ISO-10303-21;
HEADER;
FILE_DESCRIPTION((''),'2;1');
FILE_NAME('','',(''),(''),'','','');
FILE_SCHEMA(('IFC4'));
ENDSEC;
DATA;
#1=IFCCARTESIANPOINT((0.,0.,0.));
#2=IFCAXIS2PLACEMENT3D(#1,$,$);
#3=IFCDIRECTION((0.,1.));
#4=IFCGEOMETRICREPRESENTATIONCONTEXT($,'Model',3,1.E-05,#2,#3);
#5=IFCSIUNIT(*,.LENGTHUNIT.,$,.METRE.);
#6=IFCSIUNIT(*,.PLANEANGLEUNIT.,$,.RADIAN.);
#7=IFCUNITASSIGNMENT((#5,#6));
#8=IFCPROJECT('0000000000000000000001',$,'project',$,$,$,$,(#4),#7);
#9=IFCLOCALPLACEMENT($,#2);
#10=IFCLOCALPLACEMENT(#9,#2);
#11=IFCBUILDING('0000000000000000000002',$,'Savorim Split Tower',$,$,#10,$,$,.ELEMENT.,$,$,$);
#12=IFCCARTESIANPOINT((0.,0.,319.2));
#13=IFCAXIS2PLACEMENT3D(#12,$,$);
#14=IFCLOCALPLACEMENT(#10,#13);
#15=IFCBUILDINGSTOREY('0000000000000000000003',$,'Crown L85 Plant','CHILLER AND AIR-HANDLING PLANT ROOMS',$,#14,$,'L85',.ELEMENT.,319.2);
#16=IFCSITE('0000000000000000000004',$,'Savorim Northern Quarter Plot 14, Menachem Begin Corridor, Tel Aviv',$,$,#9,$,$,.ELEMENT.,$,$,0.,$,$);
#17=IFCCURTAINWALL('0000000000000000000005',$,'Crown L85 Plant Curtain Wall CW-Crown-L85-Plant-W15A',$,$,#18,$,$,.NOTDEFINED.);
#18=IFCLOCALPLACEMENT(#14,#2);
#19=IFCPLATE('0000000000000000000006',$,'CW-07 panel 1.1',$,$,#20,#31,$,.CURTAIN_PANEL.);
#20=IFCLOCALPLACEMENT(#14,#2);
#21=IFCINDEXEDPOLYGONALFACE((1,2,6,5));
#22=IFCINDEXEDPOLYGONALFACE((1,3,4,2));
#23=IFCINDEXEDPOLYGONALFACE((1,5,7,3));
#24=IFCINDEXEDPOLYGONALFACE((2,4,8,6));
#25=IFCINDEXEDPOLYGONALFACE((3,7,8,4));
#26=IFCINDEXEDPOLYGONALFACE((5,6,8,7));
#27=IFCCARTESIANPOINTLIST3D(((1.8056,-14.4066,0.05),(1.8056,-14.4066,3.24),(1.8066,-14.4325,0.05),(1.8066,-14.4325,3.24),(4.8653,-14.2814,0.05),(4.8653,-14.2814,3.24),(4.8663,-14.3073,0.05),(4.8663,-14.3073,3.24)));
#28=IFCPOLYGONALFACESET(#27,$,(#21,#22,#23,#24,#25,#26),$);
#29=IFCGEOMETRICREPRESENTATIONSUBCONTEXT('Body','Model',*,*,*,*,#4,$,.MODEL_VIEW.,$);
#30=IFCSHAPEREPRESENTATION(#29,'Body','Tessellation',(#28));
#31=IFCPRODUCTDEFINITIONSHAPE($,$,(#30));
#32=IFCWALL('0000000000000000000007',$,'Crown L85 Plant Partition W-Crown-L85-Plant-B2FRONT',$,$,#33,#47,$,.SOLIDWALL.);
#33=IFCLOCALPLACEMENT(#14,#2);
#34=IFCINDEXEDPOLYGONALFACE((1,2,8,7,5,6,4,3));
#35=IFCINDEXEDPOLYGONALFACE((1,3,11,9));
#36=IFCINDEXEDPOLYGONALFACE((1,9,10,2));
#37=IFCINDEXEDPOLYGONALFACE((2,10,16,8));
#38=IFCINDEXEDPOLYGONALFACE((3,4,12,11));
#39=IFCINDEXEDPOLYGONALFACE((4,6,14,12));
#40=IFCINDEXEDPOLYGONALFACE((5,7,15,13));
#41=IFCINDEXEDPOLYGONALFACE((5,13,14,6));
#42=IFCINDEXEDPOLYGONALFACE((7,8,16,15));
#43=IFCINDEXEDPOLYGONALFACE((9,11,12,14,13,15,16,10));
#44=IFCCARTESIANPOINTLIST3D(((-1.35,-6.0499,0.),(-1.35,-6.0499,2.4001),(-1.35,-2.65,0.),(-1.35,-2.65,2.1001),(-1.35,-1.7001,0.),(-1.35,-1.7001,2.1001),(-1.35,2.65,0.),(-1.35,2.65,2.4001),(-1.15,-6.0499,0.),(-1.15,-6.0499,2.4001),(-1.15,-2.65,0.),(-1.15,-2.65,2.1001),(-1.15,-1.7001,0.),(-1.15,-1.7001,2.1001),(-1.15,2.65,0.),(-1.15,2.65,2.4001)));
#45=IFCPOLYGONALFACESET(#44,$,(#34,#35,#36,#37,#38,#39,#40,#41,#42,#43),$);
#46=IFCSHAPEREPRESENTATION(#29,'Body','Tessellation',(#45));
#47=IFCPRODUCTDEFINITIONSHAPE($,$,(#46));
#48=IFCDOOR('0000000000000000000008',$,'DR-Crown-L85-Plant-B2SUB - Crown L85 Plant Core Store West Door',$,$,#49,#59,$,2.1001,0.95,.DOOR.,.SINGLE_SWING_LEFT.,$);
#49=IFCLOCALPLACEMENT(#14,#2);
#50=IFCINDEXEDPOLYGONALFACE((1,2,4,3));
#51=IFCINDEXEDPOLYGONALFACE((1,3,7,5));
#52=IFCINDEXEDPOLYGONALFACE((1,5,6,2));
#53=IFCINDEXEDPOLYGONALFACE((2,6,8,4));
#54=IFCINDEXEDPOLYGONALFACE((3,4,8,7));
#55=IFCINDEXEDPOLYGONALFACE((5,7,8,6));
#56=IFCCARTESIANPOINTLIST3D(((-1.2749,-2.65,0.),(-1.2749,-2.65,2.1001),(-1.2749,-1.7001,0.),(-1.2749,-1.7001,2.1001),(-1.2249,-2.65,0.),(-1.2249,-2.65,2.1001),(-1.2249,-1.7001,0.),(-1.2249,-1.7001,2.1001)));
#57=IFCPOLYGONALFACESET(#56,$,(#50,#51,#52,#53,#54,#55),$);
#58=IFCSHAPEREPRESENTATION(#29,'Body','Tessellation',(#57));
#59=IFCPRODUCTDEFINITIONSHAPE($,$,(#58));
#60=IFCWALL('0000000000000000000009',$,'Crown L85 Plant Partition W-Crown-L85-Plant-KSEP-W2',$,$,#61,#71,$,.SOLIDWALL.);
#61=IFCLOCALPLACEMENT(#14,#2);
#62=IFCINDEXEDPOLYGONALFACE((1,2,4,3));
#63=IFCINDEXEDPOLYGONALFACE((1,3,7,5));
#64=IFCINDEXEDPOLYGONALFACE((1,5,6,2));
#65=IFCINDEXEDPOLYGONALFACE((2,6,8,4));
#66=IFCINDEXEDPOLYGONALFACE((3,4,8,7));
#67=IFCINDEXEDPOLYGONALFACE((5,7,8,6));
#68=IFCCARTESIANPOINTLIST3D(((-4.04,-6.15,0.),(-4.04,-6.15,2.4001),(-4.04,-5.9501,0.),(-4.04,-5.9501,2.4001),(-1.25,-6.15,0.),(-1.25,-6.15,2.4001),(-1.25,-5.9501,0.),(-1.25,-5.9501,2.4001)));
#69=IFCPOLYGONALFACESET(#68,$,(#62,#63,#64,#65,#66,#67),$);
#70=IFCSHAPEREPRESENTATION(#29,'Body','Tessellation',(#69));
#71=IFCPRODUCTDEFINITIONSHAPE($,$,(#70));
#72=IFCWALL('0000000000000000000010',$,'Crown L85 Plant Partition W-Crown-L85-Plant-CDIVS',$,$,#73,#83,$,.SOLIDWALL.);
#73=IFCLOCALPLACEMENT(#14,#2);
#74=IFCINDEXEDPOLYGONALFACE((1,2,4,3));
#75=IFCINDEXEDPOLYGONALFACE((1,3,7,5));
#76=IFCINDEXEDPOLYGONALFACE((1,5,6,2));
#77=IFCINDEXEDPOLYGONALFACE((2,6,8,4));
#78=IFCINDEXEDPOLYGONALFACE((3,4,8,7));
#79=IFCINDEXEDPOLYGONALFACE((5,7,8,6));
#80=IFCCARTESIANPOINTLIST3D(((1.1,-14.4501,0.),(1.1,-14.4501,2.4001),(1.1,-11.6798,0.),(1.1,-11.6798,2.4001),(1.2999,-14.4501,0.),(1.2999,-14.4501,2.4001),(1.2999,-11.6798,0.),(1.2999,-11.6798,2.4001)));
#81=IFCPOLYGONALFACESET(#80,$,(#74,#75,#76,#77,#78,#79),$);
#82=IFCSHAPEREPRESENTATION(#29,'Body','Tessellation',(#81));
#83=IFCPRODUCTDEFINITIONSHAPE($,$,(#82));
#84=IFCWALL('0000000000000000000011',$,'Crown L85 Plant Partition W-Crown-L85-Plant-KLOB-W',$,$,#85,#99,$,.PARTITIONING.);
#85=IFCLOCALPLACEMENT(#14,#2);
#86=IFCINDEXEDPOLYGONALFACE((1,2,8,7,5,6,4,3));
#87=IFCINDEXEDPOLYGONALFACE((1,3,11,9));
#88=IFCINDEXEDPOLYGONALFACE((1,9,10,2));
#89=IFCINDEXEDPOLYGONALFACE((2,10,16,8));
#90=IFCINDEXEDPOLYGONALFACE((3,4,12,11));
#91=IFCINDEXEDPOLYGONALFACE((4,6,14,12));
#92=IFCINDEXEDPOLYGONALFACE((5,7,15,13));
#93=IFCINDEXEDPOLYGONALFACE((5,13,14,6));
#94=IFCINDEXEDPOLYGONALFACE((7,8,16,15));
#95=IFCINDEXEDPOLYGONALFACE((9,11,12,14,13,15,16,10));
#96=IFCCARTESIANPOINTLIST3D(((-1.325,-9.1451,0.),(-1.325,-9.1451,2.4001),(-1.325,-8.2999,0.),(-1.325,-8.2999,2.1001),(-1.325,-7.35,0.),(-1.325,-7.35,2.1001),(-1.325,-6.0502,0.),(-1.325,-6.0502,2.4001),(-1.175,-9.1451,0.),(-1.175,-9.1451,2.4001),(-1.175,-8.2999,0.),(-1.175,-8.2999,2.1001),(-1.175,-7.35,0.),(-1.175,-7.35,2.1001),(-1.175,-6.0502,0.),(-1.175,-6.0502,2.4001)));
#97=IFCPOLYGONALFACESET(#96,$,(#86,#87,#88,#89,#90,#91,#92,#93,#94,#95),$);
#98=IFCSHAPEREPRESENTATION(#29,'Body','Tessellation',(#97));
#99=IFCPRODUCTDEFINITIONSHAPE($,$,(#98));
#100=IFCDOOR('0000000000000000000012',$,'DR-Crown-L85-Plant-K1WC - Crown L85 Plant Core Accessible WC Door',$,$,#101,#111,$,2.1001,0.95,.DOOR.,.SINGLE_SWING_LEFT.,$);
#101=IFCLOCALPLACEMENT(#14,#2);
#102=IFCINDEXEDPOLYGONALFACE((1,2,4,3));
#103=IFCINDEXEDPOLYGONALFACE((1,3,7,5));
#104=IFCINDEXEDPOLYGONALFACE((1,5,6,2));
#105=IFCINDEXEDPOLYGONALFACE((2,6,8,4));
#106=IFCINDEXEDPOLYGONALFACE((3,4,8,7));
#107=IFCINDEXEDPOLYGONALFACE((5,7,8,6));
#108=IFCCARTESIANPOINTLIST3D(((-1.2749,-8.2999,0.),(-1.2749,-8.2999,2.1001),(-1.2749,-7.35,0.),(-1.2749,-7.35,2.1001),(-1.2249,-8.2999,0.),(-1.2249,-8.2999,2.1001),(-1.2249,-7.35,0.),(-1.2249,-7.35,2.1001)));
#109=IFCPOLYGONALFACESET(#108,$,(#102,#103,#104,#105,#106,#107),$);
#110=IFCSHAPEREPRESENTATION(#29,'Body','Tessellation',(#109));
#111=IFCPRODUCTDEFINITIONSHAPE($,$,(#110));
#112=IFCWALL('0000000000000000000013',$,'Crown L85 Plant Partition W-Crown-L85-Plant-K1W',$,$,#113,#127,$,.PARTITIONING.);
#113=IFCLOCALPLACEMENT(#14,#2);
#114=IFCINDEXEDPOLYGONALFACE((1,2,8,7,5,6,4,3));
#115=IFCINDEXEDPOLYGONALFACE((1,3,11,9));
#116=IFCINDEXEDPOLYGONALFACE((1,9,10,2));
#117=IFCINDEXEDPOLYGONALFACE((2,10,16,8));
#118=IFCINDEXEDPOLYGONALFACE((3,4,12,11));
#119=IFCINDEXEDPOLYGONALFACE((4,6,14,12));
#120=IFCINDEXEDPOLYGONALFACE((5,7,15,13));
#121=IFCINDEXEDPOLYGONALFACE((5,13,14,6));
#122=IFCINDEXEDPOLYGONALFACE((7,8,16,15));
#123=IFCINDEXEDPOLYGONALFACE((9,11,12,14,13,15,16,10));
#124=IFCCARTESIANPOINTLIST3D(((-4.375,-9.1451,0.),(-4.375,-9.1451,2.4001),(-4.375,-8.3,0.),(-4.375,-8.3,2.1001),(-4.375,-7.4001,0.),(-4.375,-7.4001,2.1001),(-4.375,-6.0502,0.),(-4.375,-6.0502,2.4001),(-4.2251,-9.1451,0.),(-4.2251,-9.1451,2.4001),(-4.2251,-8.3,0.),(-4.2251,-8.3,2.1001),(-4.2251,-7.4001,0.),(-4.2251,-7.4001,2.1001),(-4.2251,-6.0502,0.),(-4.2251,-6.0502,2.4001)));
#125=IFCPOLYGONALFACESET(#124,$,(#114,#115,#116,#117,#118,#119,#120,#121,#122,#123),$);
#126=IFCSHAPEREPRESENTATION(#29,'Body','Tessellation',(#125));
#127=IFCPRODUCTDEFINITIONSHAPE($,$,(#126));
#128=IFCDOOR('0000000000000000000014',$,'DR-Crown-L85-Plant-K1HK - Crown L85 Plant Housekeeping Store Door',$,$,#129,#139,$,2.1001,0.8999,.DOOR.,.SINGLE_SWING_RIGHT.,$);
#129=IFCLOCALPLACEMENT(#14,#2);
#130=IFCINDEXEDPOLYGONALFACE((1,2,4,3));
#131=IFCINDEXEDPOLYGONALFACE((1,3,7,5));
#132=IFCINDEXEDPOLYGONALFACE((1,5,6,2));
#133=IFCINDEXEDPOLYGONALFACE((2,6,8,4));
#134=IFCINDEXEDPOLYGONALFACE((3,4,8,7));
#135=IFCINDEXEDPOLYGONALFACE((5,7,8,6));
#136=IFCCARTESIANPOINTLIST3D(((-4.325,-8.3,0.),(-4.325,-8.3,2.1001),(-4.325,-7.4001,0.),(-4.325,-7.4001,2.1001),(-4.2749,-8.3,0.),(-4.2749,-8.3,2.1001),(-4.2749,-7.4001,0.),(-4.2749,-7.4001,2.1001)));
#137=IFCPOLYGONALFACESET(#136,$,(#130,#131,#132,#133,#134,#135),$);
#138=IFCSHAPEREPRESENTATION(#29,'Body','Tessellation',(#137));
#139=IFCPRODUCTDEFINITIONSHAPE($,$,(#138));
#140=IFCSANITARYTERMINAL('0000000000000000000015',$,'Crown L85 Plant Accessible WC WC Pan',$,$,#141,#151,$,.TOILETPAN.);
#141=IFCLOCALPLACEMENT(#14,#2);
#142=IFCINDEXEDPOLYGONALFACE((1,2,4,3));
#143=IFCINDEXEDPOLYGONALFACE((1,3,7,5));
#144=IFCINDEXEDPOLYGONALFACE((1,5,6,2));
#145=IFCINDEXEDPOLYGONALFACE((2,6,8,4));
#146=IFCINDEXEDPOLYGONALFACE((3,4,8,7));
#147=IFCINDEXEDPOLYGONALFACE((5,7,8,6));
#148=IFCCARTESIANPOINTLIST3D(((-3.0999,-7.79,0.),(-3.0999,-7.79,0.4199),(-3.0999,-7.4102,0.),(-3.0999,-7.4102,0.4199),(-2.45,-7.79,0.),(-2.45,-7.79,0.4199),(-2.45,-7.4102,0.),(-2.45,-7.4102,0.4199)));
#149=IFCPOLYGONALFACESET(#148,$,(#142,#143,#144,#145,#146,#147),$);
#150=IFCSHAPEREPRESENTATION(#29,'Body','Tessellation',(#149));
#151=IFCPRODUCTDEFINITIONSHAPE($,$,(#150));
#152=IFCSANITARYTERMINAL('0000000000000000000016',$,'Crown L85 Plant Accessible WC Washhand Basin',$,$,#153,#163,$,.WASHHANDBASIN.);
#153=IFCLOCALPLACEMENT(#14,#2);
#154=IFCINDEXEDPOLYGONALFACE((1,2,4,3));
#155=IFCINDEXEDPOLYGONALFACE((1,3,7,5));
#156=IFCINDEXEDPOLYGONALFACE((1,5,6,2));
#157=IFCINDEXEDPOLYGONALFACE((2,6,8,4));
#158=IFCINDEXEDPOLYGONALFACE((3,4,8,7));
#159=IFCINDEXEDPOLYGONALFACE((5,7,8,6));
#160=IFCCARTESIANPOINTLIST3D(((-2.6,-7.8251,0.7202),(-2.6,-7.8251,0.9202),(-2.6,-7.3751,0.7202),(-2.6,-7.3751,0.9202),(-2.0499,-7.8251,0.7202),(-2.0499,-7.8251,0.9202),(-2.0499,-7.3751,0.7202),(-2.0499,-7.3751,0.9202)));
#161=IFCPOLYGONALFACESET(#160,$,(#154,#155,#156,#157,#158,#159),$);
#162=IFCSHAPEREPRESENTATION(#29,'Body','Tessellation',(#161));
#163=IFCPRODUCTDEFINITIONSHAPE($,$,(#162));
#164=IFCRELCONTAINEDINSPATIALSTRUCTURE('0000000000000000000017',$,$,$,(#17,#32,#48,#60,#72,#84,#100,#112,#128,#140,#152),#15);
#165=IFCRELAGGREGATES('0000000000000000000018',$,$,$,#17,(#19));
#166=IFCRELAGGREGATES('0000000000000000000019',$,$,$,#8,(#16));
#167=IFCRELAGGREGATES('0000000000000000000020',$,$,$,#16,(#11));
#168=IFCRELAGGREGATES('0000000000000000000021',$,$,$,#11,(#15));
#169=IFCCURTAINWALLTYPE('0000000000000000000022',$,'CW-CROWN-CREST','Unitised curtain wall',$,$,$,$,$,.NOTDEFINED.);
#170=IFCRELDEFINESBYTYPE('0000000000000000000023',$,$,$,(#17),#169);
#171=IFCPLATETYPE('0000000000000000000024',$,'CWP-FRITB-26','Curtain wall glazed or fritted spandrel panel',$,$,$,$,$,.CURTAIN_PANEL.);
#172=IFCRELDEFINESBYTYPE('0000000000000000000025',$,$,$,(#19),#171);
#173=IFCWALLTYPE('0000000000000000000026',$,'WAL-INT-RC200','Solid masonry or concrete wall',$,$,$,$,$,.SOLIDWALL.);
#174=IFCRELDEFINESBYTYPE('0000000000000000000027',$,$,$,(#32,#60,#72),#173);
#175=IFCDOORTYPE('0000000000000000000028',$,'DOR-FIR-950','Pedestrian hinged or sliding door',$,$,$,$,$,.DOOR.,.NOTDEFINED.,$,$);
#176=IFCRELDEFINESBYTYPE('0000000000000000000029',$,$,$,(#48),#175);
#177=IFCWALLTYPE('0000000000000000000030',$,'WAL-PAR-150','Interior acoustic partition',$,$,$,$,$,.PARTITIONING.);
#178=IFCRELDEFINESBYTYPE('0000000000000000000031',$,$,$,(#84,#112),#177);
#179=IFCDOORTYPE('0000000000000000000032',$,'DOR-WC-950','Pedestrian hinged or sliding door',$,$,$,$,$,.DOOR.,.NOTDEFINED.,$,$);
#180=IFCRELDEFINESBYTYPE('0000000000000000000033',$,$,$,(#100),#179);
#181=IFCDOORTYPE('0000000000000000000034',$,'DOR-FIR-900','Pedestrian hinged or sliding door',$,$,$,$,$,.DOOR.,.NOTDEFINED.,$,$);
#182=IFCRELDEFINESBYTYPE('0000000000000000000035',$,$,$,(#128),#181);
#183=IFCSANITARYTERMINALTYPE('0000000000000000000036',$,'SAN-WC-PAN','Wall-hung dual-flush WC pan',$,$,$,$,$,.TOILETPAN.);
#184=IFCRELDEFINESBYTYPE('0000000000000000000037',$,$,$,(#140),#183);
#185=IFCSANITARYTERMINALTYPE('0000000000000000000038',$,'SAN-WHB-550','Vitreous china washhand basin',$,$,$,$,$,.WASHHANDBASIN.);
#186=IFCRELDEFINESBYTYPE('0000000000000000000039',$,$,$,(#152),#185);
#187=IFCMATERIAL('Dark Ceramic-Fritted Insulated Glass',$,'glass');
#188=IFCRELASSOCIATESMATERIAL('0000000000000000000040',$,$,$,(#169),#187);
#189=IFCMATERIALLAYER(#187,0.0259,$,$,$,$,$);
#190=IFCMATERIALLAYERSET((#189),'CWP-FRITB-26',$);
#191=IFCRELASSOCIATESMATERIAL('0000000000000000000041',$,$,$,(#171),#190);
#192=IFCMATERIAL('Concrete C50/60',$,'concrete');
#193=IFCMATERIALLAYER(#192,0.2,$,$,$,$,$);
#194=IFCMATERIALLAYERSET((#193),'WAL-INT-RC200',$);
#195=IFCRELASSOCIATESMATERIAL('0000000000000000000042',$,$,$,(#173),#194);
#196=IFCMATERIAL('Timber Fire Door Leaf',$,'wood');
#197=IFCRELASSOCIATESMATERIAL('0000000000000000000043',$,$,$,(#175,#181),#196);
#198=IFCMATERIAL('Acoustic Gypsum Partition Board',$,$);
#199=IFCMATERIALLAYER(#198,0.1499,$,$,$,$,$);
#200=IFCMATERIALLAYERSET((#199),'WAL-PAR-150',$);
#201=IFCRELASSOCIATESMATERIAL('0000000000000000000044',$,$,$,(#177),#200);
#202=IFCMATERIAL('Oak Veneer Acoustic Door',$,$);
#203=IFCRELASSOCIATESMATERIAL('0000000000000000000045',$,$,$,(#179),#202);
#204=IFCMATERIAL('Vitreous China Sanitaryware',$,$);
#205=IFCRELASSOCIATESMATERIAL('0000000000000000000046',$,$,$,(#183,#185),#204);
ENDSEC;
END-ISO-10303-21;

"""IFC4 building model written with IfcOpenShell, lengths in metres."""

from ifc_helpers import new_model, si_unit, direction, frame, frame_2d, origin, origin_2d, place, context, subcontext, project, spatial, rectangle, extrude, material, layer, layer_set, type_object, element, fill, aggregate, save


model = new_model("IFC4")

# Units and contexts
model_context = context("Model", 3, precision=1e-05, world=origin(), true_north=direction((0.0, 1.0)))
body_context = subcontext(model_context, "Body", "Model", "MODEL_VIEW")
ifc_project = project(units=[si_unit("LENGTHUNIT", "METRE"), si_unit("PLANEANGLEUNIT", "RADIAN")], contexts=[model_context])

# Site, building, storey
site_placement = place(None, origin())
site = spatial("IfcSite", under=ifc_project, at=site_placement, Name="Savorim Northern Quarter Plot 14, Menachem Begin Corridor, Tel Aviv", CompositionType="ELEMENT", RefElevation=0.0)
building_placement = place(site_placement, origin())
building = spatial("IfcBuilding", under=site, at=building_placement, Name="Savorim Split Tower", CompositionType="ELEMENT")
storey_placement = place(building_placement, frame((0.0, 0.0, 319.2)))
storey = spatial("IfcBuildingStorey", under=building, at=storey_placement, Name="Crown L85 Plant", Description="CHILLER AND AIR-HANDLING PLANT ROOMS", LongName="L85", CompositionType="ELEMENT", Elevation=319.2)

# Shared definitions
ifc_material_1 = material(Name="Dark Ceramic-Fritted Insulated Glass", Category="glass")
curtain_wall_type = type_object("IfcCurtainWallType", Name="CW-CROWN-CREST", Description="Unitised curtain wall", PredefinedType="NOTDEFINED", material=ifc_material_1)

# Curtain wall
curtain_wall_1_placement = place(storey_placement, origin())
curtain_wall_1 = element("IfcCurtainWall", 1, at=curtain_wall_1_placement, inside=storey, type_object=curtain_wall_type, Name="Crown L85 Plant Curtain Wall CW-Crown-L85-Plant-W15A", PredefinedType="NOTDEFINED")

# Plate
ifc_layer_1 = layer(ifc_material_1, 0.0259)
ifc_layer_set_1 = layer_set([ifc_layer_1], Name="CWP-FRITB-26")
plate_type = type_object("IfcPlateType", Name="CWP-FRITB-26", Description="Curtain wall glazed or fritted spandrel panel", PredefinedType="CURTAIN_PANEL", material=ifc_layer_set_1)
plate_1_placement = place(storey_placement, frame((3.3359, -14.3569, 0.05), z_axis=(0.0, 0.0, 1.0), x_axis=(0.999164, 0.040883, 0.0)))
plate_1 = element("IfcPlate", 2, at=plate_1_placement, type_object=plate_type, Name="CW-07 panel 1.1", PredefinedType="CURTAIN_PANEL", context=body_context, shape_type="SweptSolid", body=[
    extrude(rectangle(XDim=3.0623, YDim=0.0259, at=origin_2d()), origin(), (0.0, 0.0, 1.0), 3.1899),
])
aggregate(curtain_wall_1, [plate_1])

# Wall, opening, door
ifc_material_2 = material(Name="Concrete C50/60", Category="concrete")
ifc_layer_2 = layer(ifc_material_2, 0.2)
ifc_layer_set_2 = layer_set([ifc_layer_2], Name="WAL-INT-RC200")
wall_type_1 = type_object("IfcWallType", Name="WAL-INT-RC200", Description="Solid masonry or concrete wall", PredefinedType="SOLIDWALL", material=ifc_layer_set_2)
wall_1_placement = place(storey_placement, frame((-1.25, -6.05, 0.0), z_axis=(0.0, 0.0, 1.0), x_axis=(0.0, 1.0, 0.0)))
wall_1 = element("IfcWall", 3, at=wall_1_placement, inside=storey, type_object=wall_type_1, Name="Crown L85 Plant Partition W-Crown-L85-Plant-B2FRONT", PredefinedType="SOLIDWALL", context=body_context, shape_type="SweptSolid", body=[
    extrude(rectangle(XDim=8.7, YDim=0.2, at=frame_2d((4.3501, 0.0))), origin(), (0.0, 0.0, 1.0), 2.4001),
])
opening_1_placement = place(wall_1_placement, frame((3.3999, 0.0, 0.0)))
opening_1 = element("IfcOpeningElement", 4, at=opening_1_placement, cuts=wall_1, PredefinedType="OPENING", context=body_context, shape_type="SweptSolid", body=[
    extrude(rectangle(XDim=0.95, YDim=2.1001, at=frame_2d((0.4751, 1.05))), frame((0.0, 0.1099, 0.0), z_axis=(0.0, -1.0, 0.0), x_axis=(1.0, 0.0, 0.0)), (0.0, 0.0, 1.0), 0.22),
])
ifc_material_3 = material(Name="Timber Fire Door Leaf", Category="wood")
door_type_1 = type_object("IfcDoorType", Name="DOR-FIR-950", Description="Pedestrian hinged or sliding door", OperationType="NOTDEFINED", PredefinedType="DOOR", material=ifc_material_3)
door_1_placement = place(opening_1_placement, origin())
door_1 = element("IfcDoor", 5, at=door_1_placement, inside=storey, type_object=door_type_1, Name="DR-Crown-L85-Plant-B2SUB - Crown L85 Plant Core Store West Door", OperationType="SINGLE_SWING_LEFT", OverallHeight=2.1001, OverallWidth=0.95, PredefinedType="DOOR", context=body_context, shape_type="SweptSolid", body=[
    extrude(rectangle(XDim=0.95, YDim=2.1001, at=frame_2d((0.4751, 1.05))), frame((0.0, 0.0249, 0.0), z_axis=(0.0, -1.0, 0.0), x_axis=(1.0, 0.0, 0.0)), (0.0, 0.0, 1.0), 0.05),
])
fill(opening_1, door_1)

# Walls
wall_2_placement = place(storey_placement, frame((-4.04, -6.05, 0.0), z_axis=(0.0, 0.0, 1.0), x_axis=(1.0, 0.0, 0.0)))
element("IfcWall", 6, at=wall_2_placement, inside=storey, type_object=wall_type_1, Name="Crown L85 Plant Partition W-Crown-L85-Plant-KSEP-W2", PredefinedType="SOLIDWALL", context=body_context, shape_type="SweptSolid", body=[
    extrude(rectangle(XDim=2.79, YDim=0.2, at=frame_2d((1.395, 0.0))), origin(), (0.0, 0.0, 1.0), 2.4001),
])
wall_3_placement = place(storey_placement, frame((1.2, -14.4502, 0.0), z_axis=(0.0, 0.0, 1.0), x_axis=(0.0, 1.0, 0.0)))
element("IfcWall", 7, at=wall_3_placement, inside=storey, type_object=wall_type_1, Name="Crown L85 Plant Partition W-Crown-L85-Plant-CDIVS", PredefinedType="SOLIDWALL", context=body_context, shape_type="SweptSolid", body=[
    extrude(rectangle(XDim=2.7703, YDim=0.2, at=frame_2d((1.3853, 0.0))), origin(), (0.0, 0.0, 1.0), 2.4001),
])

# Walls, openings, doors
ifc_material_4 = material(Name="Acoustic Gypsum Partition Board")
ifc_layer_3 = layer(ifc_material_4, 0.1499)
ifc_layer_set_3 = layer_set([ifc_layer_3], Name="WAL-PAR-150")
wall_type_2 = type_object("IfcWallType", Name="WAL-PAR-150", Description="Interior acoustic partition", PredefinedType="PARTITIONING", material=ifc_layer_set_3)
wall_4_placement = place(storey_placement, frame((-1.25, -9.145, 0.0), z_axis=(0.0, 0.0, 1.0), x_axis=(0.0, 1.0, 0.0)))
wall_4 = element("IfcWall", 8, at=wall_4_placement, inside=storey, type_object=wall_type_2, Name="Crown L85 Plant Partition W-Crown-L85-Plant-KLOB-W", PredefinedType="PARTITIONING", context=body_context, shape_type="SweptSolid", body=[
    extrude(rectangle(XDim=3.095, YDim=0.1499, at=frame_2d((1.5474, 0.0))), origin(), (0.0, 0.0, 1.0), 2.4001),
])
opening_2_placement = place(wall_4_placement, frame((0.845, 0.0, 0.0)))
opening_2 = element("IfcOpeningElement", 9, at=opening_2_placement, cuts=wall_4, PredefinedType="OPENING", context=body_context, shape_type="SweptSolid", body=[
    extrude(rectangle(XDim=0.95, YDim=2.1001, at=frame_2d((0.4751, 1.05))), frame((0.0, 0.085, 0.0), z_axis=(0.0, -1.0, 0.0), x_axis=(1.0, 0.0, 0.0)), (0.0, 0.0, 1.0), 0.1699),
])
ifc_material_5 = material(Name="Oak Veneer Acoustic Door")
door_type_2 = type_object("IfcDoorType", Name="DOR-WC-950", Description="Pedestrian hinged or sliding door", OperationType="NOTDEFINED", PredefinedType="DOOR", material=ifc_material_5)
door_2_placement = place(opening_2_placement, origin())
door_2 = element("IfcDoor", 10, at=door_2_placement, inside=storey, type_object=door_type_2, Name="DR-Crown-L85-Plant-K1WC - Crown L85 Plant Core Accessible WC Door", OperationType="SINGLE_SWING_LEFT", OverallHeight=2.1001, OverallWidth=0.95, PredefinedType="DOOR", context=body_context, shape_type="SweptSolid", body=[
    extrude(rectangle(XDim=0.95, YDim=2.1001, at=frame_2d((0.4751, 1.05))), frame((0.0, 0.0249, 0.0), z_axis=(0.0, -1.0, 0.0), x_axis=(1.0, 0.0, 0.0)), (0.0, 0.0, 1.0), 0.05),
])
fill(opening_2, door_2)
wall_5_placement = place(storey_placement, frame((-4.3, -9.145, 0.0), z_axis=(0.0, 0.0, 1.0), x_axis=(0.0, 1.0, 0.0)))
wall_5 = element("IfcWall", 11, at=wall_5_placement, inside=storey, type_object=wall_type_2, Name="Crown L85 Plant Partition W-Crown-L85-Plant-K1W", PredefinedType="PARTITIONING", context=body_context, shape_type="SweptSolid", body=[
    extrude(rectangle(XDim=3.095, YDim=0.1499, at=frame_2d((1.5474, 0.0))), origin(), (0.0, 0.0, 1.0), 2.4001),
])
opening_3_placement = place(wall_5_placement, frame((0.845, 0.0, 0.0)))
opening_3 = element("IfcOpeningElement", 12, at=opening_3_placement, cuts=wall_5, PredefinedType="OPENING", context=body_context, shape_type="SweptSolid", body=[
    extrude(rectangle(XDim=0.8999, YDim=2.1001, at=frame_2d((0.45, 1.05))), frame((0.0, 0.085, 0.0), z_axis=(0.0, -1.0, 0.0), x_axis=(1.0, 0.0, 0.0)), (0.0, 0.0, 1.0), 0.1699),
])
door_type_3 = type_object("IfcDoorType", Name="DOR-FIR-900", Description="Pedestrian hinged or sliding door", OperationType="NOTDEFINED", PredefinedType="DOOR", material=ifc_material_3)
door_3_placement = place(opening_3_placement, origin())
door_3 = element("IfcDoor", 13, at=door_3_placement, inside=storey, type_object=door_type_3, Name="DR-Crown-L85-Plant-K1HK - Crown L85 Plant Housekeeping Store Door", OperationType="SINGLE_SWING_RIGHT", OverallHeight=2.1001, OverallWidth=0.8999, PredefinedType="DOOR", context=body_context, shape_type="SweptSolid", body=[
    extrude(rectangle(XDim=0.8999, YDim=2.1001, at=frame_2d((0.45, 1.05))), frame((0.0, 0.0249, 0.0), z_axis=(0.0, -1.0, 0.0), x_axis=(1.0, 0.0, 0.0)), (0.0, 0.0, 1.0), 0.05),
])
fill(opening_3, door_3)

# Sanitary terminals
ifc_material_6 = material(Name="Vitreous China Sanitaryware")
sanitary_terminal_type_1 = type_object("IfcSanitaryTerminalType", Name="SAN-WC-PAN", Description="Wall-hung dual-flush WC pan", PredefinedType="TOILETPAN", material=ifc_material_6)
sanitary_terminal_1_placement = place(storey_placement, frame((-2.7749, -7.6001, 0.0), z_axis=(0.0, 0.0, 1.0), x_axis=(1.0, 0.0, 0.0)))
element("IfcSanitaryTerminal", 14, at=sanitary_terminal_1_placement, inside=storey, type_object=sanitary_terminal_type_1, Name="Crown L85 Plant Accessible WC WC Pan", PredefinedType="TOILETPAN", context=body_context, shape_type="SweptSolid", body=[
    extrude(rectangle(XDim=0.6499, YDim=0.3799, at=origin_2d()), origin(), (0.0, 0.0, 1.0), 0.4199),
])
sanitary_terminal_type_2 = type_object("IfcSanitaryTerminalType", Name="SAN-WHB-550", Description="Vitreous china washhand basin", PredefinedType="WASHHANDBASIN", material=ifc_material_6)
sanitary_terminal_2_placement = place(storey_placement, frame((-2.325, -7.6001, 0.7202), z_axis=(0.0, 0.0, 1.0), x_axis=(1.0, 0.0, 0.0)))
element("IfcSanitaryTerminal", 15, at=sanitary_terminal_2_placement, inside=storey, type_object=sanitary_terminal_type_2, Name="Crown L85 Plant Accessible WC Washhand Basin", PredefinedType="WASHHANDBASIN", context=body_context, shape_type="SweptSolid", body=[
    extrude(rectangle(XDim=0.55, YDim=0.45, at=origin_2d()), origin(), (0.0, 0.0, 1.0), 0.2),
])

save(model, "model.ifc")
